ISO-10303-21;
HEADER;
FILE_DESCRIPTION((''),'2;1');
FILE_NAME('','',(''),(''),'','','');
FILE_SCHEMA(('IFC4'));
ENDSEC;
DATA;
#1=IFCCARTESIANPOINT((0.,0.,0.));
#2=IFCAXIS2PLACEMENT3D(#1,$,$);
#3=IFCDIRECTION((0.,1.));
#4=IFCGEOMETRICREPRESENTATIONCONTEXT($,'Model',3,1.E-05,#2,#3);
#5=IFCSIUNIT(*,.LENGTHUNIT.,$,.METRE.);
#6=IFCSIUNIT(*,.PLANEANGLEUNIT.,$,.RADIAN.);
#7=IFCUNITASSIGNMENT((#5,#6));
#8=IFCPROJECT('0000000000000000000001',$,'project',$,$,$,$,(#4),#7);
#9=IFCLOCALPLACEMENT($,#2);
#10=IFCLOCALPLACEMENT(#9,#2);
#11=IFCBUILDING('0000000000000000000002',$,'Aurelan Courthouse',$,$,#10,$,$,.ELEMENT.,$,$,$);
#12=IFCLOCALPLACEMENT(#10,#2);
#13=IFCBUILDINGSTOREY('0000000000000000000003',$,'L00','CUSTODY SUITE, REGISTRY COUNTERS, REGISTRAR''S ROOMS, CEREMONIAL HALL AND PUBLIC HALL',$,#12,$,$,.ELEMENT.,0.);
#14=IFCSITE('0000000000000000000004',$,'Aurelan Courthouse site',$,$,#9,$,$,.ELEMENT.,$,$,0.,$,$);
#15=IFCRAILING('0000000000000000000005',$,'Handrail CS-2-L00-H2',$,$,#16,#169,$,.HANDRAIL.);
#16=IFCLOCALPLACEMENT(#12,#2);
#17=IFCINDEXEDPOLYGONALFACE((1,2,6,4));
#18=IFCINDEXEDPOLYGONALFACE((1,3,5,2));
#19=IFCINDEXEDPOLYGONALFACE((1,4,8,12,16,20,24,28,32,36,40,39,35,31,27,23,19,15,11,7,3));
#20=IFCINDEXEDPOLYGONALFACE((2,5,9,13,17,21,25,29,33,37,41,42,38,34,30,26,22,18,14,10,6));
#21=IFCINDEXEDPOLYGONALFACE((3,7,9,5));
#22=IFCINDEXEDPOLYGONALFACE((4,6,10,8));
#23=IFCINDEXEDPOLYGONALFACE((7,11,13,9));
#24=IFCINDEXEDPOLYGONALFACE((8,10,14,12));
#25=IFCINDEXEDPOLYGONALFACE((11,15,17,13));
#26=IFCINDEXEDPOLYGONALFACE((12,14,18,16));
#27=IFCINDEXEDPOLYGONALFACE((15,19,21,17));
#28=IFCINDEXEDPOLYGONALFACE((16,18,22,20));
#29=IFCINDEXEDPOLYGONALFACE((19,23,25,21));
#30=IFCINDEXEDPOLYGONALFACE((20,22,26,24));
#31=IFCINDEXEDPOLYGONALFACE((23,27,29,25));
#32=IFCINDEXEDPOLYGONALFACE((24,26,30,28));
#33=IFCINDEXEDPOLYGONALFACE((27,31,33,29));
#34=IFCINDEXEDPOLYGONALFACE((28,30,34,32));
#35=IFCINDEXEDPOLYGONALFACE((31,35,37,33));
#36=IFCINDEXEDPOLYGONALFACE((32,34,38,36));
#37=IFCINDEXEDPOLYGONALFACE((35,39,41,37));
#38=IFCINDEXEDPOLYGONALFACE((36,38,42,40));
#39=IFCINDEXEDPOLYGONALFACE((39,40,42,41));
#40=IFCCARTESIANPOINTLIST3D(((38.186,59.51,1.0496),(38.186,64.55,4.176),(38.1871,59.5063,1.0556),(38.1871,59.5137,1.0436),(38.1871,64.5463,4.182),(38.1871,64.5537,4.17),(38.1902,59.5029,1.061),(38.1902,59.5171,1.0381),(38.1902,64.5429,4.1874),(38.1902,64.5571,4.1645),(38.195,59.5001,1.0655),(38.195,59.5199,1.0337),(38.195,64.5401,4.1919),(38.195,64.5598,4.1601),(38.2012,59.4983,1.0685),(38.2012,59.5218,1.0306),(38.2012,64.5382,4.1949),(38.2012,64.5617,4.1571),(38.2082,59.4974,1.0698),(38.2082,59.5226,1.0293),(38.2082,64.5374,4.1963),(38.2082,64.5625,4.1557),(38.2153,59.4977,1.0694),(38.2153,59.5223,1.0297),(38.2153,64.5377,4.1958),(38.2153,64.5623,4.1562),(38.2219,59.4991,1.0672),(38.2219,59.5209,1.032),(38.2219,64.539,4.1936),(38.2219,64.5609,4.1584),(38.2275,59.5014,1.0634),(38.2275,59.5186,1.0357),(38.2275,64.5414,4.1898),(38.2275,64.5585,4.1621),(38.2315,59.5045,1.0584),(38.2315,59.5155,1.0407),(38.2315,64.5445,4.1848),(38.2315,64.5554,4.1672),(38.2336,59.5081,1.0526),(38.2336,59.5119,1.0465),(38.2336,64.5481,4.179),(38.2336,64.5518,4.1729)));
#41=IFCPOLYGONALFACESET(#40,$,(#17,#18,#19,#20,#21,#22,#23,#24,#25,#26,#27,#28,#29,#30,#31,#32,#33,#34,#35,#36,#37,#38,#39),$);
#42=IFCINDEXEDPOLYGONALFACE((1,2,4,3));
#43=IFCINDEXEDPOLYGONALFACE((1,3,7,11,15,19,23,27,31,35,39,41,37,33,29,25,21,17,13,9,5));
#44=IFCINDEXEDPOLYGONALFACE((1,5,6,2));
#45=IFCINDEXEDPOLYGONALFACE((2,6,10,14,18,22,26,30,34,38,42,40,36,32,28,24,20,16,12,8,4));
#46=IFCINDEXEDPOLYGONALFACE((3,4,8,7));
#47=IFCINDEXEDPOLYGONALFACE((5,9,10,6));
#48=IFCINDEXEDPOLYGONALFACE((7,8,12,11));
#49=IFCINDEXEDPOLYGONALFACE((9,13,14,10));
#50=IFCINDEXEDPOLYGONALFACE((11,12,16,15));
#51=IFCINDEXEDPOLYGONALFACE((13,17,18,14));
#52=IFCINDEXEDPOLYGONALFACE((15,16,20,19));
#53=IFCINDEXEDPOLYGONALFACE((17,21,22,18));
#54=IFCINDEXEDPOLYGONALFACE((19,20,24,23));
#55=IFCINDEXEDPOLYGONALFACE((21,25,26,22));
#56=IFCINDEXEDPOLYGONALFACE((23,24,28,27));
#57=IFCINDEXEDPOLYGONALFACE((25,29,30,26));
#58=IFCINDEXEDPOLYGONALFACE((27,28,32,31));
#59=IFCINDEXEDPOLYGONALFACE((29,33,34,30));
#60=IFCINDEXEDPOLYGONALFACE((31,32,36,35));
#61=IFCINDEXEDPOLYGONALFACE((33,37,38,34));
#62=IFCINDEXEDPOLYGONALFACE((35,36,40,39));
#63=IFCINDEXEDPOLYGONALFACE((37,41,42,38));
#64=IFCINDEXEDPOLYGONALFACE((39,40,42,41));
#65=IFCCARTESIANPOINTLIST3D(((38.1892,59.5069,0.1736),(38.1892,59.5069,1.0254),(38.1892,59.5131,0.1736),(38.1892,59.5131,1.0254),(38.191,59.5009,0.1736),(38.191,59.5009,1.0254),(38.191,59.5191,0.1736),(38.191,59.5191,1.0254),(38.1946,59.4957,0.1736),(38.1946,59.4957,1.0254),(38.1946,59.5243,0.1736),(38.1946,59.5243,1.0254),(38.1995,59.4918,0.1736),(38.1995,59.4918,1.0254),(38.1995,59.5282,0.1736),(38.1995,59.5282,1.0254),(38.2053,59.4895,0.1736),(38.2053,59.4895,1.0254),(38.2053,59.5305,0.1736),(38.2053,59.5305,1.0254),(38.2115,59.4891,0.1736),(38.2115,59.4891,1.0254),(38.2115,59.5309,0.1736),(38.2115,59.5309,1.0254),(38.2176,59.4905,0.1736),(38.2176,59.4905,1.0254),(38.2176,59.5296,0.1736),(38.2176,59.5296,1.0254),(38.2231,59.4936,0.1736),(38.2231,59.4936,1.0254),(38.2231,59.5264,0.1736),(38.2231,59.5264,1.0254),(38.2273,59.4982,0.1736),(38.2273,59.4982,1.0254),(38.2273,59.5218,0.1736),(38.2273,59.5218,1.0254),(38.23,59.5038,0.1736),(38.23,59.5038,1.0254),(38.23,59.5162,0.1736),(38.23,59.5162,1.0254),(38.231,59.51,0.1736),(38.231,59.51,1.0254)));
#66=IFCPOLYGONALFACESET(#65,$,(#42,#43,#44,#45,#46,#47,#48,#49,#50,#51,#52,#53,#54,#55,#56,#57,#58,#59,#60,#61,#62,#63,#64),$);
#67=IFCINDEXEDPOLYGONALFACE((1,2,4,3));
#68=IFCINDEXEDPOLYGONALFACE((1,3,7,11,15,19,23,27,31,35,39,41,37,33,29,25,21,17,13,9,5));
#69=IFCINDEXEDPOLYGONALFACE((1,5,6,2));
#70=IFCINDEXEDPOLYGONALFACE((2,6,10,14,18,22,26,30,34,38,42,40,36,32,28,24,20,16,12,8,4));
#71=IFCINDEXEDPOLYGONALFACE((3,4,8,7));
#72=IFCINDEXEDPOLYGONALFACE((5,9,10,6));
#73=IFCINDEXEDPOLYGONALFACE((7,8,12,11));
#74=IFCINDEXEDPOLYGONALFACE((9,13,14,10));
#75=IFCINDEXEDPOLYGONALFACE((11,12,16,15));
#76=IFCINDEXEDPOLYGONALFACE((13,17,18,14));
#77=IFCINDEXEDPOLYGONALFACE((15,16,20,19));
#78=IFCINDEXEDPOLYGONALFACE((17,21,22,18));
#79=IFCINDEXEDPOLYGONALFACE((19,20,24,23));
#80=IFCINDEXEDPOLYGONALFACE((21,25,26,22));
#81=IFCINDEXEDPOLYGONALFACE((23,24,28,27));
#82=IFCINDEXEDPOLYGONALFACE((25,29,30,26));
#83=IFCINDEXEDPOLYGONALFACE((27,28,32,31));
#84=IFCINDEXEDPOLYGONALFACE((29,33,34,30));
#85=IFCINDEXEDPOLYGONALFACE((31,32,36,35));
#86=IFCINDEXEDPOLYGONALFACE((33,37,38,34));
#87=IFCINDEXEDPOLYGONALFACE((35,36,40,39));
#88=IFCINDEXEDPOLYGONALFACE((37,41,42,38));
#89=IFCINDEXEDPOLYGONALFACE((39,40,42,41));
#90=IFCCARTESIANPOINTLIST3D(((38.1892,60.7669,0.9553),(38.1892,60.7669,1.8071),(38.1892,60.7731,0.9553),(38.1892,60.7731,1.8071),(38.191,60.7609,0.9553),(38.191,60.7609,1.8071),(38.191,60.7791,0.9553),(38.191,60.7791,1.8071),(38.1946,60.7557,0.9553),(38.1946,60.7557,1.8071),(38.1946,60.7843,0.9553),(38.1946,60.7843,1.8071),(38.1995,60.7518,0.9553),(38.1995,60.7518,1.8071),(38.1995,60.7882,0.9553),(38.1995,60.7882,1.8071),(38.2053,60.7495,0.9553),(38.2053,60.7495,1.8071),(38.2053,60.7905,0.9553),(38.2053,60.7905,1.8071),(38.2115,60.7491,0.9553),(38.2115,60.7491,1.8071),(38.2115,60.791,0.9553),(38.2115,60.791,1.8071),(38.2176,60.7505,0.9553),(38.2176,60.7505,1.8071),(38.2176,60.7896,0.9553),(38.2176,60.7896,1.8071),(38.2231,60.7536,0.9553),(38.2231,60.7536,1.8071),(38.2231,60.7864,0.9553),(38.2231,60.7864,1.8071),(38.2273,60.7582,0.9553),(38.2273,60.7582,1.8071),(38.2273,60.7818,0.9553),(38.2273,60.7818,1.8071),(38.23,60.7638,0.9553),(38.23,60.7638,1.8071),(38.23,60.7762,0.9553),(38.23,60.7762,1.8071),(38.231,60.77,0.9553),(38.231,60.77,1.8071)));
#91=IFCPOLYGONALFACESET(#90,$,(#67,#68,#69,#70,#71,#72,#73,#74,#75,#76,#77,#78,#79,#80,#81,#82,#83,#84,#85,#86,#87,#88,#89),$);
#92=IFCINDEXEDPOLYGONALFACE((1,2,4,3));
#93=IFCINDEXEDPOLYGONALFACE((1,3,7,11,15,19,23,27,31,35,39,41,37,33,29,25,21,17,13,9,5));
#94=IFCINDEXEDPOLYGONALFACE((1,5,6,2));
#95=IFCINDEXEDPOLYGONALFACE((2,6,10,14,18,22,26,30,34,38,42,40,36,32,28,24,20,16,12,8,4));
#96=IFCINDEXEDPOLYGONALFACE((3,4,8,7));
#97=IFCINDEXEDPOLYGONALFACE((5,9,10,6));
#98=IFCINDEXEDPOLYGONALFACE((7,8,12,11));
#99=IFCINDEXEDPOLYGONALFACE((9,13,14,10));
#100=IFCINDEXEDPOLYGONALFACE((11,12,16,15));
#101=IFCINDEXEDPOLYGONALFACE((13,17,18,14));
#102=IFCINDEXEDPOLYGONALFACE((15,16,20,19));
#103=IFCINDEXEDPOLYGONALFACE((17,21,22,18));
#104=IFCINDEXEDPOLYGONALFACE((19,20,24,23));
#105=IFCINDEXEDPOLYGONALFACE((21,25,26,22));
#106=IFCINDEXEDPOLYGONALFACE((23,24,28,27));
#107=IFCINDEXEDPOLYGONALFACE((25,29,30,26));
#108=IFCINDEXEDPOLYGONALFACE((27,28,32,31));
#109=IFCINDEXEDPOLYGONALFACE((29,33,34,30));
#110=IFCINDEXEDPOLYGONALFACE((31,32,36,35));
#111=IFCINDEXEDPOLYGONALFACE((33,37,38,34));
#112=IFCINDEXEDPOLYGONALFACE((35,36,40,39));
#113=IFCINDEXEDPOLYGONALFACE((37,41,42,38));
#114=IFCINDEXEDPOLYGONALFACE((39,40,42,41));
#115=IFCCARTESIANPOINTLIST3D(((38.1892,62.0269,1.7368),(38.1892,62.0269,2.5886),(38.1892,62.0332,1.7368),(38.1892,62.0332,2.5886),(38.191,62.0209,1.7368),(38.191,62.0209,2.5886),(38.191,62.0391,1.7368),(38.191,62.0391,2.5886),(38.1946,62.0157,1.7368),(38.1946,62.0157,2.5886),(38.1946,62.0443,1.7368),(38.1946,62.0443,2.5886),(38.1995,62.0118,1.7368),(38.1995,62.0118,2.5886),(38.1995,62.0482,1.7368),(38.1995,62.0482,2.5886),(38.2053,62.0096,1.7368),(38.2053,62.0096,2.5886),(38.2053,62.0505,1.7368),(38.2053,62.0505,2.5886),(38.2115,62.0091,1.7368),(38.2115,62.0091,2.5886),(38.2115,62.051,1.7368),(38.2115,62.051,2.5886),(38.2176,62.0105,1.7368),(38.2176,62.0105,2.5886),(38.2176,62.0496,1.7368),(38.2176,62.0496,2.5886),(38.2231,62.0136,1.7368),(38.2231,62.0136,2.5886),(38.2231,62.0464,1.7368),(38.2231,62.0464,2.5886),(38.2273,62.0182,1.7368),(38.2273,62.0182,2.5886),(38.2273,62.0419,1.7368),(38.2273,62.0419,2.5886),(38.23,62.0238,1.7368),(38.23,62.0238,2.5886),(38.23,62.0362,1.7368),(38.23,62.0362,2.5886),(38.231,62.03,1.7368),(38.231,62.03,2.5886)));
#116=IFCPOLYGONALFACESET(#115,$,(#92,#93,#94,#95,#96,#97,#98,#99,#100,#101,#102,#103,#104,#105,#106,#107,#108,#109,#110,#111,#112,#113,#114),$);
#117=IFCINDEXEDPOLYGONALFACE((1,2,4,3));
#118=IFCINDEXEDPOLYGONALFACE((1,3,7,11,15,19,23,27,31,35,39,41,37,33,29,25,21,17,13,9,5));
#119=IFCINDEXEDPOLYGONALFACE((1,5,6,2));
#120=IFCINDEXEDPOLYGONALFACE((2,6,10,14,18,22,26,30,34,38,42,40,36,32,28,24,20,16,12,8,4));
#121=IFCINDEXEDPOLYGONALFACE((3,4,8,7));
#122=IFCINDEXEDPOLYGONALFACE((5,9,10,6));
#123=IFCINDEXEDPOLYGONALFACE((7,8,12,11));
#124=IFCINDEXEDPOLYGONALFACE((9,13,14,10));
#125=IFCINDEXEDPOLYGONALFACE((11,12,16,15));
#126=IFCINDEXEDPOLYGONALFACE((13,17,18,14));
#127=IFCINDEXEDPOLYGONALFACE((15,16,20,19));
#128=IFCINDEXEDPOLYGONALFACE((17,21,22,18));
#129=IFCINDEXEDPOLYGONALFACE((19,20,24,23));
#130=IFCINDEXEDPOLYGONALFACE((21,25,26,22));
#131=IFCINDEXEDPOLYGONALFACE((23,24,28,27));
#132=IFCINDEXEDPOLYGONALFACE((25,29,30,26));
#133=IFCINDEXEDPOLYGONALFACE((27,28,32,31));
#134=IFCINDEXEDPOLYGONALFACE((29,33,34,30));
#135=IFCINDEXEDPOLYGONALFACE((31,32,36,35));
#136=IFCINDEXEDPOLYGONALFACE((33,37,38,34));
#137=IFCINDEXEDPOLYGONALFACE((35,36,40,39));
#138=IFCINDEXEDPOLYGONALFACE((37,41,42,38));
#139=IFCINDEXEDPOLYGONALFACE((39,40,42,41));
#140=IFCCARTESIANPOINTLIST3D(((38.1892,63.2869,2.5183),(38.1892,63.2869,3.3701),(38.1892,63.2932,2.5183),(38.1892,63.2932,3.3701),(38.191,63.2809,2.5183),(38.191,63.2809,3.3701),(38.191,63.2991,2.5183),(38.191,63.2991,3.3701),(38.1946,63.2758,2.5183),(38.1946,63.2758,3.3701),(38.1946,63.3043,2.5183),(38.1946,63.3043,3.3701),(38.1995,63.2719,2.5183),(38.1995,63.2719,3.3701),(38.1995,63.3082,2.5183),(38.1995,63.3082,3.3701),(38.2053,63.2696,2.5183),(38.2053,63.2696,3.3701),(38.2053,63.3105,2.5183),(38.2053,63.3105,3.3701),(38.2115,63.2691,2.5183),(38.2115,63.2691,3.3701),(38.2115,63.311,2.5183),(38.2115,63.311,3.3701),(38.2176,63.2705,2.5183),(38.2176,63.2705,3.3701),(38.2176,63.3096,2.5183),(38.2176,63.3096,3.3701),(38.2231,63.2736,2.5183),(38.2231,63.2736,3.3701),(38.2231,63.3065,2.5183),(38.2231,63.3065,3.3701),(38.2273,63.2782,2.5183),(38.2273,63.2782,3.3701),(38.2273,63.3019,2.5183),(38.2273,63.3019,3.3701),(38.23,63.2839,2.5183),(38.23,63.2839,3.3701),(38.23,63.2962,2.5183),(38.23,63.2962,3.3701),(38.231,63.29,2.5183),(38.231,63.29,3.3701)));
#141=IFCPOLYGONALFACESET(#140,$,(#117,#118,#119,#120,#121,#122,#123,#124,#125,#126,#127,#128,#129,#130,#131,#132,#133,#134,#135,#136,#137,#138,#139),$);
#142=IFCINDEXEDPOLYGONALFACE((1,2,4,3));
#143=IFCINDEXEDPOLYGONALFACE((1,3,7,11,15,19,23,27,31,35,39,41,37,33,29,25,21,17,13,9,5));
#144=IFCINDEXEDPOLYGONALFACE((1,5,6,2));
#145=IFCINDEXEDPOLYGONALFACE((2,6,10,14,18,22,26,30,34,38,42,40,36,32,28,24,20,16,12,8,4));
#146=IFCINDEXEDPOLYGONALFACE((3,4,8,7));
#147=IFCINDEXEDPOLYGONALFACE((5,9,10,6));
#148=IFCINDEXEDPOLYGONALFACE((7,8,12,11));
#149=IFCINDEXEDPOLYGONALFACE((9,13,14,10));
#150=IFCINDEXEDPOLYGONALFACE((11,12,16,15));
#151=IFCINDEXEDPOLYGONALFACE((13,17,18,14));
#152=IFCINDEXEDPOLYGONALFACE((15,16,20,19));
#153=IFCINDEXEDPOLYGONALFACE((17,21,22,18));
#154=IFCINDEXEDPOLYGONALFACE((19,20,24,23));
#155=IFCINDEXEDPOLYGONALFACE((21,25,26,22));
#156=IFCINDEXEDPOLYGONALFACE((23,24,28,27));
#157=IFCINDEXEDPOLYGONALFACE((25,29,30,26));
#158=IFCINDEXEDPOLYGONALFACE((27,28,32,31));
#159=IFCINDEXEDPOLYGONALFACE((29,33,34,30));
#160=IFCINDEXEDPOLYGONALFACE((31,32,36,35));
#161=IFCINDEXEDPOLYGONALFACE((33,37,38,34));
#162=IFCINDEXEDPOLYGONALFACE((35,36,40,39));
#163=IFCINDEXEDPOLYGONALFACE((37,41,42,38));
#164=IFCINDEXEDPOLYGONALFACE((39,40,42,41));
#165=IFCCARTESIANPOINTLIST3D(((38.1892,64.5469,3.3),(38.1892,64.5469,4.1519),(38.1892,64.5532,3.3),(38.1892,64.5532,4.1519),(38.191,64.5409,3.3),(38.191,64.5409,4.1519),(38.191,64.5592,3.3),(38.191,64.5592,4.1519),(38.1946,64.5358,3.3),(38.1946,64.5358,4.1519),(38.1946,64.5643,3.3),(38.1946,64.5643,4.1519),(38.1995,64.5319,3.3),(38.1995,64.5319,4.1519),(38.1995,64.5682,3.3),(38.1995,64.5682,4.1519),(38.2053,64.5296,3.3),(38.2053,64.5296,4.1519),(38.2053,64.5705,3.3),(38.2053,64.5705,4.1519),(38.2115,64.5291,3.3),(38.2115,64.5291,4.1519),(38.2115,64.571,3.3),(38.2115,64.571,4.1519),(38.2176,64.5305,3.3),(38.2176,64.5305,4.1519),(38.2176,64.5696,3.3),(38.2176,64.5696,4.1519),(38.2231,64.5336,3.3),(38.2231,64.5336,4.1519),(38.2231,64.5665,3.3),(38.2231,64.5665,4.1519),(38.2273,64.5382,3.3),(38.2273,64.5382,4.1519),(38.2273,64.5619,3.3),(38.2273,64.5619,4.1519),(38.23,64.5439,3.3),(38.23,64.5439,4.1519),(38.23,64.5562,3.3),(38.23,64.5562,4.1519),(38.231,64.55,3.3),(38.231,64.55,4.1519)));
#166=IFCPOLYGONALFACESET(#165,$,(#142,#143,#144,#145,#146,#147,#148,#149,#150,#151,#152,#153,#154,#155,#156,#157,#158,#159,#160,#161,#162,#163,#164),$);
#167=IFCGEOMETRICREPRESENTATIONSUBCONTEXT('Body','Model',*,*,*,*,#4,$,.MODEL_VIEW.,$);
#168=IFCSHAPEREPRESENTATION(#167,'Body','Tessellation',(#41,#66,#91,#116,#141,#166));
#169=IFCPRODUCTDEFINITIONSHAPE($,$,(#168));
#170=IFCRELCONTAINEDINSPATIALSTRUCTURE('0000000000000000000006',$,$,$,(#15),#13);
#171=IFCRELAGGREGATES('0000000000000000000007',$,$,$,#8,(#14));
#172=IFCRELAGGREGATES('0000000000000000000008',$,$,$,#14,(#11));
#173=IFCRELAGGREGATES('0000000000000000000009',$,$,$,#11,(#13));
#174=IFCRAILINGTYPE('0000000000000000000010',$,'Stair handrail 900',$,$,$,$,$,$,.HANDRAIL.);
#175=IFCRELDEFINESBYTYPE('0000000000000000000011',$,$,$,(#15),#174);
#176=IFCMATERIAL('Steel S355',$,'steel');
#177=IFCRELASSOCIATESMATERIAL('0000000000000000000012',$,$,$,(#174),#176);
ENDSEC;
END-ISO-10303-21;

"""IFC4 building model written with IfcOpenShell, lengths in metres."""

from ifc_helpers import new_model, si_unit, direction, frame, origin, origin_2d, place, context, subcontext, project, spatial, circle, extrude, material, type_object, element, save


model = new_model("IFC4")

# Units and contexts
model_context = context("Model", 3, precision=1e-05, world=origin(), true_north=direction((0.0, 1.0)))
body_context = subcontext(model_context, "Body", "Model", "MODEL_VIEW")
ifc_project = project(units=[si_unit("LENGTHUNIT", "METRE"), si_unit("PLANEANGLEUNIT", "RADIAN")], contexts=[model_context])

# Site, building, storey
site_placement = place(None, origin())
site = spatial("IfcSite", under=ifc_project, at=site_placement, Name="Aurelan Courthouse site", CompositionType="ELEMENT", RefElevation=0.0)
building_placement = place(site_placement, origin())
building = spatial("IfcBuilding", under=site, at=building_placement, Name="Aurelan Courthouse", CompositionType="ELEMENT")
storey_placement = place(building_placement, origin())
storey = spatial("IfcBuildingStorey", under=building, at=storey_placement, Name="L00", Description="CUSTODY SUITE, REGISTRY COUNTERS, REGISTRAR'S ROOMS, CEREMONIAL HALL AND PUBLIC HALL", CompositionType="ELEMENT", Elevation=0.0)

# Railing
ifc_material_1 = material(Name="Steel S355", Category="steel")
railing_type_1 = type_object("IfcRailingType", Name="Stair handrail 900", PredefinedType="HANDRAIL", material=ifc_material_1)
for number, where, name in (
    (1, (38.21, 59.51, 0.1736), "Handrail CS-2-L00-H2"),
):
    element("IfcRailing", number, at=place(storey_placement, frame(where)), inside=storey, type_object=railing_type_1, Name=name, PredefinedType="HANDRAIL", context=body_context, shape_type="SweptSolid", body=[
        extrude(circle(Radius=0.0239, at=origin_2d()), frame((0.0, 0.0, 0.876), z_axis=(0.0, 0.849779, 0.527139), x_axis=(-1.0, 0.0, 0.0)), (0.0, 0.0, 1.0), 5.9309),
        extrude(circle(Radius=0.021, at=origin_2d()), origin(), (0.0, 0.0, 1.0), 0.8518),
        extrude(circle(Radius=0.021, at=origin_2d()), frame((0.0, 1.26, 0.7817)), (0.0, 0.0, 1.0), 0.8518),
        extrude(circle(Radius=0.021, at=origin_2d()), frame((0.0, 2.52, 1.5632)), (0.0, 0.0, 1.0), 0.8518),
        extrude(circle(Radius=0.021, at=origin_2d()), frame((0.0, 3.78, 2.3447)), (0.0, 0.0, 1.0), 0.8518),
        extrude(circle(Radius=0.021, at=origin_2d()), frame((0.0, 5.04, 3.1265)), (0.0, 0.0, 1.0), 0.8518),
    ])

save(model, "model.ifc")
